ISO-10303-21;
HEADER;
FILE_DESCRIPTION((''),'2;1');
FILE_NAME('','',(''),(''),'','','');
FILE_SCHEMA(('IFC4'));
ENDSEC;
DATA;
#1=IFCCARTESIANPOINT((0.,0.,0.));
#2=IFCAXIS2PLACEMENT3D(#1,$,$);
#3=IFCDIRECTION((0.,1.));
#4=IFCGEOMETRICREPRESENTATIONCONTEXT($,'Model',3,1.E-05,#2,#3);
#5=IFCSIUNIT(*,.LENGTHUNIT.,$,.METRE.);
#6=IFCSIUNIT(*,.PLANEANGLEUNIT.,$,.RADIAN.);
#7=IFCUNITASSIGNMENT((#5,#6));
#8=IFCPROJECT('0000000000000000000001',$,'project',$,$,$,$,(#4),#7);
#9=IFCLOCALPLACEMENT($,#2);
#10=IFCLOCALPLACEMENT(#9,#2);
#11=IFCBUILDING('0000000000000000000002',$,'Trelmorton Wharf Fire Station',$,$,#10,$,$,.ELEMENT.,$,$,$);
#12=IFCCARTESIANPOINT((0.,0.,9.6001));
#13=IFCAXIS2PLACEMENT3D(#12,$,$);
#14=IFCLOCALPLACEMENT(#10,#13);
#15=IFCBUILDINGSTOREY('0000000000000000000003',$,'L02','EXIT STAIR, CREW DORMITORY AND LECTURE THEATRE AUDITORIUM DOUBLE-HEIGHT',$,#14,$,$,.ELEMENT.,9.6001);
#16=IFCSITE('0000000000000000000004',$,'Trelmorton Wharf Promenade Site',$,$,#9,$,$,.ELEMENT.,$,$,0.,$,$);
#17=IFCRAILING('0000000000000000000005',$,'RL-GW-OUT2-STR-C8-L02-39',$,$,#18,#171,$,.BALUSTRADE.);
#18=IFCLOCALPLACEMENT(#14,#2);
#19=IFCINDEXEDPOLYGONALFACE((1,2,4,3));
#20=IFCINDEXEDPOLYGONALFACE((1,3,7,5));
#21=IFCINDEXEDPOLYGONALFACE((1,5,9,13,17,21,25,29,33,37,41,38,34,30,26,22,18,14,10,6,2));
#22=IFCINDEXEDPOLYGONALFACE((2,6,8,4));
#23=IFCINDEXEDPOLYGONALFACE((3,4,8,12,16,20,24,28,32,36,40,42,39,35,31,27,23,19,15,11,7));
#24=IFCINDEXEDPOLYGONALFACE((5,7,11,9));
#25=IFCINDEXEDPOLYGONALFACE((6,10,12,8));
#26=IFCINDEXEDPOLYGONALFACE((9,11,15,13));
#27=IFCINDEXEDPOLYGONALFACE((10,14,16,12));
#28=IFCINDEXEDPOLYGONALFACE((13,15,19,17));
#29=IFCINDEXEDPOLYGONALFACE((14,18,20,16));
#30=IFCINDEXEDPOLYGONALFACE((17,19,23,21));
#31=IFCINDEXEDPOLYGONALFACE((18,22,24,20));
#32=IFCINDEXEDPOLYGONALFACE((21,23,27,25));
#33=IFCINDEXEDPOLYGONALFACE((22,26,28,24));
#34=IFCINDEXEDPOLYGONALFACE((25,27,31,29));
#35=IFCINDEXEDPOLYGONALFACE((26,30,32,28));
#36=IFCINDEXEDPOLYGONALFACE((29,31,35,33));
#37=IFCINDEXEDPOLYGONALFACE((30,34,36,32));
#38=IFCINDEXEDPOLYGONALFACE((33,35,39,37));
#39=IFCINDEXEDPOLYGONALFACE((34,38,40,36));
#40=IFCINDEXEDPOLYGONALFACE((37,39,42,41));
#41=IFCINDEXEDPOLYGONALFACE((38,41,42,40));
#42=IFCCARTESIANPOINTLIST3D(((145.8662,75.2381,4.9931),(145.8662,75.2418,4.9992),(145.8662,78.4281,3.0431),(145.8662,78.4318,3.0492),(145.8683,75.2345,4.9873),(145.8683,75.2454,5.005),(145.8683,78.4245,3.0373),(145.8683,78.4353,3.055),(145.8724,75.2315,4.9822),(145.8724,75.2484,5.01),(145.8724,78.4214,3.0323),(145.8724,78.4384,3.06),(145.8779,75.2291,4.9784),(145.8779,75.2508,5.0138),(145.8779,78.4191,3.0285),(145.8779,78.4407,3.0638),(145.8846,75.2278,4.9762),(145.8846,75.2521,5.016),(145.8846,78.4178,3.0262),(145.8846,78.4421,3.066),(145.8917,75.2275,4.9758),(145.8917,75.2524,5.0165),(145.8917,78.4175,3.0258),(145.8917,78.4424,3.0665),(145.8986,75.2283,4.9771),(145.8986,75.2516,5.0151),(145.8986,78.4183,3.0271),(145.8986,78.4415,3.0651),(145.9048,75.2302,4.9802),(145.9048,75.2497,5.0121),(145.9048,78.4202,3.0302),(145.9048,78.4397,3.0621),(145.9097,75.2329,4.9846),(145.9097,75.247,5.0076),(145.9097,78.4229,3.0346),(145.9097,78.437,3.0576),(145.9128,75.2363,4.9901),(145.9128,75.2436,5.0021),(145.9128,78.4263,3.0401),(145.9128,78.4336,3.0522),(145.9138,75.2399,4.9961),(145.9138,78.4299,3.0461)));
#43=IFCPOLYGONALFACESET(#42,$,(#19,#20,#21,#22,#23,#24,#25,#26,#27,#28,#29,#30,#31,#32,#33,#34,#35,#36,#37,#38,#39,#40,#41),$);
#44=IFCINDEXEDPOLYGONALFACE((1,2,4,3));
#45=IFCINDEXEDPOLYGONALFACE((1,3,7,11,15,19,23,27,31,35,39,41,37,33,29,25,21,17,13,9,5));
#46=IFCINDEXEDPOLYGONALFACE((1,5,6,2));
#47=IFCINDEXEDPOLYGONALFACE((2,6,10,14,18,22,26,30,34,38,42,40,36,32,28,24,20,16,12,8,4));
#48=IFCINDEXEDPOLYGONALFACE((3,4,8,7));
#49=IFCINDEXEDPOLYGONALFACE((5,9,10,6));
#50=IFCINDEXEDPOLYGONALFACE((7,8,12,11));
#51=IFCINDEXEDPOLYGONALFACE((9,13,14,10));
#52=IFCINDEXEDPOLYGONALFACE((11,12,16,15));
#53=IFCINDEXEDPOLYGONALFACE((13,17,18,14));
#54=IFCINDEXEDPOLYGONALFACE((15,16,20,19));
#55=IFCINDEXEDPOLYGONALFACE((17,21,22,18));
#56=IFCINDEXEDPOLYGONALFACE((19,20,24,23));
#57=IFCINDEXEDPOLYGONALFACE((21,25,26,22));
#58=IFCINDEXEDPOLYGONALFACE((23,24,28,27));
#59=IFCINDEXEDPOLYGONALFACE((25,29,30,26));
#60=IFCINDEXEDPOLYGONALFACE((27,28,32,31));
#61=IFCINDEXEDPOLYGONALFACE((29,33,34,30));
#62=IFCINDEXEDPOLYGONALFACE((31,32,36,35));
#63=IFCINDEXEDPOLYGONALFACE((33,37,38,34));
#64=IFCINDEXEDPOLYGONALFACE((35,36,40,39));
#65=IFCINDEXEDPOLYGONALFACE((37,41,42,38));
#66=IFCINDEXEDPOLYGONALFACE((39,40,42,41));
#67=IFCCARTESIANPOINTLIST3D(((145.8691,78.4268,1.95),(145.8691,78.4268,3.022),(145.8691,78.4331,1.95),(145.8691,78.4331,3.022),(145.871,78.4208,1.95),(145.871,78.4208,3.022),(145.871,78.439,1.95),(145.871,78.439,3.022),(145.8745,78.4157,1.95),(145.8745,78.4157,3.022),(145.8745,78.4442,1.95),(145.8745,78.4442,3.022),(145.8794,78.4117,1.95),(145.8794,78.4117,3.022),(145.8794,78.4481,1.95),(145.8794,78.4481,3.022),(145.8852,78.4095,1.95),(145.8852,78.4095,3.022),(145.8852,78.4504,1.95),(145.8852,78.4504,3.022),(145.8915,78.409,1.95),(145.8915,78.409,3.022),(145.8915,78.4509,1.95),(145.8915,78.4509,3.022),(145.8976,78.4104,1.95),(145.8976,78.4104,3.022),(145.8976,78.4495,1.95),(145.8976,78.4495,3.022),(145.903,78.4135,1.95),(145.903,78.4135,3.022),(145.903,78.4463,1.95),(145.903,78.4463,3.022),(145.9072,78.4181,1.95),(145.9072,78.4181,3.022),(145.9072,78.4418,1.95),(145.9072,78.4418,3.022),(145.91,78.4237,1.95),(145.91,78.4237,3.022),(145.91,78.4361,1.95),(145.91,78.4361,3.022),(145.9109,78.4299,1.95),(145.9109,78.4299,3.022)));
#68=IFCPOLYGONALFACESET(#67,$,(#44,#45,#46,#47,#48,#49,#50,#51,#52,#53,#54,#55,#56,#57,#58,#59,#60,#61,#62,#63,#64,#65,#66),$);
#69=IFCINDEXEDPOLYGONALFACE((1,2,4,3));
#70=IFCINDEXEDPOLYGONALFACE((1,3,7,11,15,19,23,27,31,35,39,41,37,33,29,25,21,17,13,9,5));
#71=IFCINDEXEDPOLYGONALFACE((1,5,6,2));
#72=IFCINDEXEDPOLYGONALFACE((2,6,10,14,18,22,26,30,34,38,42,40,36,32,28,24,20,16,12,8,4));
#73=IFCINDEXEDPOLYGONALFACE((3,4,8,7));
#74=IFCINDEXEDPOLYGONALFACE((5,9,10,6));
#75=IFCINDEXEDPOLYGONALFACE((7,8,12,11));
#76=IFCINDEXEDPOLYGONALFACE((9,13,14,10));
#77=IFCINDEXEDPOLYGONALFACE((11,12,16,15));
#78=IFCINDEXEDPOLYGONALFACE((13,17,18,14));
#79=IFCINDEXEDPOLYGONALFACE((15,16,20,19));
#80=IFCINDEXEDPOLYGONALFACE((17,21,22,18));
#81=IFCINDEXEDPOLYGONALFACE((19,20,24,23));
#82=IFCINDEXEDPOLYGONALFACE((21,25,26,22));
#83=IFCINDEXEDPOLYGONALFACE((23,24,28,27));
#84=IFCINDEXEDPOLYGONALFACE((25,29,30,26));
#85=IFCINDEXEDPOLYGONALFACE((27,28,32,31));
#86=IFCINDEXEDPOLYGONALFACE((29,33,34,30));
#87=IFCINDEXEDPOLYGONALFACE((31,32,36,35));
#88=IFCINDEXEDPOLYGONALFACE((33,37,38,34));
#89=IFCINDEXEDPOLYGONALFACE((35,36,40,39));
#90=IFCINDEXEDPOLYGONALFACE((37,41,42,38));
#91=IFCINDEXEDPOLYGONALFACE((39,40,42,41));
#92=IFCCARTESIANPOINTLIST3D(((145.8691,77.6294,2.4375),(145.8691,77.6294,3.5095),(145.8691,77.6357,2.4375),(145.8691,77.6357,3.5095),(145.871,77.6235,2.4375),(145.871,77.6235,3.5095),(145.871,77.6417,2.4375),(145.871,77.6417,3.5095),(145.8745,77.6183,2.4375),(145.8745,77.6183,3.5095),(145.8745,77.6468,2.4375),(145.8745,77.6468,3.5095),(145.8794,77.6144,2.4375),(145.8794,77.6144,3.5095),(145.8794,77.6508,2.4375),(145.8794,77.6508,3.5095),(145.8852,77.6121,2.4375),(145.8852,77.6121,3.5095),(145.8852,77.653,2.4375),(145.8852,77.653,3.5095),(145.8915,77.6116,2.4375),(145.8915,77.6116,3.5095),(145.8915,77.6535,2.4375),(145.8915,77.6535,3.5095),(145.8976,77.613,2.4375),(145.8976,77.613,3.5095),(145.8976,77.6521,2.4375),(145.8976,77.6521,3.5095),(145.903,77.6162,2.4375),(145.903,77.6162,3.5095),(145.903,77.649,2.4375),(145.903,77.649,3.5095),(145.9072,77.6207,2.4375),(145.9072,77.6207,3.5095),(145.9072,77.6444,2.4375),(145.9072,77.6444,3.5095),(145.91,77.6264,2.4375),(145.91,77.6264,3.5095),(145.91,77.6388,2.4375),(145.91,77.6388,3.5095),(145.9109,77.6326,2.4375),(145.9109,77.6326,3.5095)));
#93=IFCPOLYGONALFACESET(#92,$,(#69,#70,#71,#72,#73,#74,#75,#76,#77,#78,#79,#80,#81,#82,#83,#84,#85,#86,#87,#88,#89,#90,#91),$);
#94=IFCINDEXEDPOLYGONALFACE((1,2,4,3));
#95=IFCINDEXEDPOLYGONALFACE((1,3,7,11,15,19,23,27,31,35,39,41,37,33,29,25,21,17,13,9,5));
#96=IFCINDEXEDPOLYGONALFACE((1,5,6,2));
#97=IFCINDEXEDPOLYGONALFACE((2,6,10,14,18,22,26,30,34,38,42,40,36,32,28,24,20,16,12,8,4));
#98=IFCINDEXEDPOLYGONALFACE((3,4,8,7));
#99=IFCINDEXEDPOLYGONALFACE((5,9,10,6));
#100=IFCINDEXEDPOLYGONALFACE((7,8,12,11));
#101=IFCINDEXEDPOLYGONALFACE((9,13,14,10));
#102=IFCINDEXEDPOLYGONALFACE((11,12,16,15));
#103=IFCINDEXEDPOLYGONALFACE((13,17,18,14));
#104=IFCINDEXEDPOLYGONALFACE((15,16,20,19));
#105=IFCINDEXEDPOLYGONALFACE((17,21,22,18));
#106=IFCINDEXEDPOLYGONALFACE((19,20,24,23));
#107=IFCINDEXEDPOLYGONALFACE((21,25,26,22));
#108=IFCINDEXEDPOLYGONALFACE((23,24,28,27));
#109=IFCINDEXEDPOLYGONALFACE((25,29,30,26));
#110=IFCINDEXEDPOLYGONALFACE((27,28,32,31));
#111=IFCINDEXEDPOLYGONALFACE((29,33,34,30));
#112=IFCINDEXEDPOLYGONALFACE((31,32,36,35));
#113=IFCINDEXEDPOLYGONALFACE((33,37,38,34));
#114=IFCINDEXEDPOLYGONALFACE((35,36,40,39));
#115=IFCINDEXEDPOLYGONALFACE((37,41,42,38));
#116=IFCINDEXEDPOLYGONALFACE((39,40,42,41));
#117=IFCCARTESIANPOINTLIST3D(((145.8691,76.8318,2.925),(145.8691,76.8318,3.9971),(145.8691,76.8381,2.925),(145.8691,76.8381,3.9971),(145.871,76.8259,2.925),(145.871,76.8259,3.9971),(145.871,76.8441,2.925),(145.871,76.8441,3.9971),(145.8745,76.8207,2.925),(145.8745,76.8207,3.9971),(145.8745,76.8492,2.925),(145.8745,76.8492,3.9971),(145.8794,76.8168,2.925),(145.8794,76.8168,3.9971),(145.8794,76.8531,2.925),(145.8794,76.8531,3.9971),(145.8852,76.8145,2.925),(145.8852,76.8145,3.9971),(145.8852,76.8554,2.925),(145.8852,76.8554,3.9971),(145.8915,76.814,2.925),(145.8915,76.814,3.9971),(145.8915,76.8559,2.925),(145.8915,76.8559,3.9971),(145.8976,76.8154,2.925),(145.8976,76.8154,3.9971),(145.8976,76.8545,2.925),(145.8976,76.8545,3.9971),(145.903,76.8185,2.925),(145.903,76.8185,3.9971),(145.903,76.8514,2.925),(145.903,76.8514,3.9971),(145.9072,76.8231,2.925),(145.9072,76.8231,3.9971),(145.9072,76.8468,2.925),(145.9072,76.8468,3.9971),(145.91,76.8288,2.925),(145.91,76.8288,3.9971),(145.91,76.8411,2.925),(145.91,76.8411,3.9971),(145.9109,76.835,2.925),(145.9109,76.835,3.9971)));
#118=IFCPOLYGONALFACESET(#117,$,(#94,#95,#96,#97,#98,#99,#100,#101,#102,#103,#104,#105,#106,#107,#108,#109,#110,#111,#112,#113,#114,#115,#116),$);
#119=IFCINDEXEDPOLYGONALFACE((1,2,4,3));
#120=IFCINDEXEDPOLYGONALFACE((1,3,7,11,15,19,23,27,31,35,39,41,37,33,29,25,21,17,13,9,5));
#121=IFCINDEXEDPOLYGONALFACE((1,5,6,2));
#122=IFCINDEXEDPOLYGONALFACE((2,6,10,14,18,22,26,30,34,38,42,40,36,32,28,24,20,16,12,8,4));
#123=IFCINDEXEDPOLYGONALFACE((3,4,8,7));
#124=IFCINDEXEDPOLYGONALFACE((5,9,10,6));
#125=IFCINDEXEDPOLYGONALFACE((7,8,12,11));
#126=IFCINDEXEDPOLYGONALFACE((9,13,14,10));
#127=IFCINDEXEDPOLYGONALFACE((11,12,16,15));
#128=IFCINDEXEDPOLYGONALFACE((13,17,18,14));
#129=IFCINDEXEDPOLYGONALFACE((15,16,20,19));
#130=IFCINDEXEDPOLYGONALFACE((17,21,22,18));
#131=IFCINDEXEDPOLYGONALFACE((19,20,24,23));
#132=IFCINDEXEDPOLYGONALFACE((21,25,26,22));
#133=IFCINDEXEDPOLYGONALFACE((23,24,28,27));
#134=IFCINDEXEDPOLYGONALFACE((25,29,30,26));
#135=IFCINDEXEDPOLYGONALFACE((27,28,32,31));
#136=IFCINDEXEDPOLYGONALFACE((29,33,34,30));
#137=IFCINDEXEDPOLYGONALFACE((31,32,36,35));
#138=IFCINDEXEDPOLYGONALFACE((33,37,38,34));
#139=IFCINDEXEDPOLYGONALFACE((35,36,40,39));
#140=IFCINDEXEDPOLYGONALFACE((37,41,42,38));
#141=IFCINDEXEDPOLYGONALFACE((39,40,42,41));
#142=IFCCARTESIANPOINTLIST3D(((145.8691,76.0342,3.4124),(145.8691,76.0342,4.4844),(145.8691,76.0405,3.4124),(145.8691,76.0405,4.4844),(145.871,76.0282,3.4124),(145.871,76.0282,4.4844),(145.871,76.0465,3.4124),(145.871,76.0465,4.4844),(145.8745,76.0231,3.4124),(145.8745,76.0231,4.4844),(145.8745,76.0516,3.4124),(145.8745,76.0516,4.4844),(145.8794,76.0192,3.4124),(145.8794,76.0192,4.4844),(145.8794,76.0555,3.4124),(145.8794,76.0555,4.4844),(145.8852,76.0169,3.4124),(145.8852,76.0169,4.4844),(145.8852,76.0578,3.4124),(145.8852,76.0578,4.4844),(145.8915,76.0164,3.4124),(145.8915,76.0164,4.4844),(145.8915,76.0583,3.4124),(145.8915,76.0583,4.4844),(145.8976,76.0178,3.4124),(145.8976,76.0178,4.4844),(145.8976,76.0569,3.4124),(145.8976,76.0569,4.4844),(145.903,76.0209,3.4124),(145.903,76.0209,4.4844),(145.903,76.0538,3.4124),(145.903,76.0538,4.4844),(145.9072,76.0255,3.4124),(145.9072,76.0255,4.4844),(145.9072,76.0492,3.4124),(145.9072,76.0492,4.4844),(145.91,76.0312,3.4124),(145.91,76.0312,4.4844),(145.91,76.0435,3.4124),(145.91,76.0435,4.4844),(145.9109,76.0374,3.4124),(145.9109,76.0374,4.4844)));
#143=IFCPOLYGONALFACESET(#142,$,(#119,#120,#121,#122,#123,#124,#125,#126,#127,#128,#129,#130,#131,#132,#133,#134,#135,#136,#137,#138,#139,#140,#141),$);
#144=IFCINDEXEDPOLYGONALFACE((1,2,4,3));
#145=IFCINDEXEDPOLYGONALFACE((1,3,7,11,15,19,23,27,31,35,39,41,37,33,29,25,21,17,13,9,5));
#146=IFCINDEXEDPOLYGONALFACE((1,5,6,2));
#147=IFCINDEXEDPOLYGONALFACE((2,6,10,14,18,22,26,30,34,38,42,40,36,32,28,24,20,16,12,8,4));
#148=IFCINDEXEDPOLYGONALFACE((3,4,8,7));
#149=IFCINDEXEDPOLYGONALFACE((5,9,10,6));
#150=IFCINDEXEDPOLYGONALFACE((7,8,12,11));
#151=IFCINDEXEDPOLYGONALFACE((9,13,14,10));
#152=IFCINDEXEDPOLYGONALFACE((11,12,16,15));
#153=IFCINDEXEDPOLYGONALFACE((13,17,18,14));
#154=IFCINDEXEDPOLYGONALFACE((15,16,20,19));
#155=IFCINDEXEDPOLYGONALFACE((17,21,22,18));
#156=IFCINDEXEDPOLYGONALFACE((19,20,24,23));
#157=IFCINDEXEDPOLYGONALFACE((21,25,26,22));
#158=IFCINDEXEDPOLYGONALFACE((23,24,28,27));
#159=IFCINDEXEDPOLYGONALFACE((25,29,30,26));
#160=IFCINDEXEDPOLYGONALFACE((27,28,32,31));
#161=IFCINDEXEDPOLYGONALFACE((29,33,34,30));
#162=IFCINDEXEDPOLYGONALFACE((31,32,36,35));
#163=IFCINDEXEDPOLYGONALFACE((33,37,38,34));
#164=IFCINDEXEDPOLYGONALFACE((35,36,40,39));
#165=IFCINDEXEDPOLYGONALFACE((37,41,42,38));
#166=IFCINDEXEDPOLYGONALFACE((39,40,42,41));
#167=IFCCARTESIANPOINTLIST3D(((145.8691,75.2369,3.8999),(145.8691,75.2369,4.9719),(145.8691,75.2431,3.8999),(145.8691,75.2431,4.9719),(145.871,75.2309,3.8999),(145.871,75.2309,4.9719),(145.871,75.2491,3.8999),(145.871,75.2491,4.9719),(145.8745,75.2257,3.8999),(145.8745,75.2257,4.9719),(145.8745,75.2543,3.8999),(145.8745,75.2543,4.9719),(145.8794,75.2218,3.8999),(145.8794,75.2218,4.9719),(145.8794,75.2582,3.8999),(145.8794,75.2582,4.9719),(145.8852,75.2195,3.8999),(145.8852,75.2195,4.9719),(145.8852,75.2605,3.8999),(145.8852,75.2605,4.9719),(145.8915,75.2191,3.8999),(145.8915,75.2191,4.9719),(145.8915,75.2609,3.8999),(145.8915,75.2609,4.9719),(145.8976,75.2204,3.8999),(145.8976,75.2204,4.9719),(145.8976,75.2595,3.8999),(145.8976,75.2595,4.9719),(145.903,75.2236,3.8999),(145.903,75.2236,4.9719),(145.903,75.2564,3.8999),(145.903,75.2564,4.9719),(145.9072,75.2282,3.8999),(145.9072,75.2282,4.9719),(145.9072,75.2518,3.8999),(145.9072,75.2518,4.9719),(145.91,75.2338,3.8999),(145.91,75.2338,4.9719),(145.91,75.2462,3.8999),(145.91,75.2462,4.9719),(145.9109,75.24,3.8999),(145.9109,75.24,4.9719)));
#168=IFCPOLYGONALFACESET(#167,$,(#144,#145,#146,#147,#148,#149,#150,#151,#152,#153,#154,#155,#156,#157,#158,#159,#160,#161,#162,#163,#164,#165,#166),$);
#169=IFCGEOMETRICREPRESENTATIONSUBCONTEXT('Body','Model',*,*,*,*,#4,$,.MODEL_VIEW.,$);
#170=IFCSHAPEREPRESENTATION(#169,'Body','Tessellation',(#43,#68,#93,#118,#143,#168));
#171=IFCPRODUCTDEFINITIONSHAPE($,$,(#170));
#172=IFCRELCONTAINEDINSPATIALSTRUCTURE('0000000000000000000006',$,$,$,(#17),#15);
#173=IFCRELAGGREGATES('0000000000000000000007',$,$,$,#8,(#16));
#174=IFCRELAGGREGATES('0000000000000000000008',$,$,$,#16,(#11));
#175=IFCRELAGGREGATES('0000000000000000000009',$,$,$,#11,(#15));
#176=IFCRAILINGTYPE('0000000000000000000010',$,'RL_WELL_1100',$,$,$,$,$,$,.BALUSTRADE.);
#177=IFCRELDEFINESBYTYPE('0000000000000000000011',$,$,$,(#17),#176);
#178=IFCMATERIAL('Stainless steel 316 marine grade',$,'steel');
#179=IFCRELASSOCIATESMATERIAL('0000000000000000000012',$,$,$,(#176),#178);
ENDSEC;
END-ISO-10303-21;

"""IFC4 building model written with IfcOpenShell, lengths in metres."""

from ifc_helpers import new_model, si_unit, direction, frame, origin, origin_2d, place, context, subcontext, project, spatial, circle, extrude, material, type_object, element, save


model = new_model("IFC4")

# Units and contexts
model_context = context("Model", 3, precision=1e-05, world=origin(), true_north=direction((0.0, 1.0)))
body_context = subcontext(model_context, "Body", "Model", "MODEL_VIEW")
ifc_project = project(units=[si_unit("LENGTHUNIT", "METRE"), si_unit("PLANEANGLEUNIT", "RADIAN")], contexts=[model_context])

# Site, building, storey
site_placement = place(None, origin())
site = spatial("IfcSite", under=ifc_project, at=site_placement, Name="Trelmorton Wharf Promenade Site", CompositionType="ELEMENT", RefElevation=0.0)
building_placement = place(site_placement, origin())
building = spatial("IfcBuilding", under=site, at=building_placement, Name="Trelmorton Wharf Fire Station", CompositionType="ELEMENT")
storey_placement = place(building_placement, frame((0.0, 0.0, 9.6001)))
storey = spatial("IfcBuildingStorey", under=building, at=storey_placement, Name="L02", Description="EXIT STAIR, CREW DORMITORY AND LECTURE THEATRE AUDITORIUM DOUBLE-HEIGHT", CompositionType="ELEMENT", Elevation=9.6001)

# Railing
ifc_material_1 = material(Name="Stainless steel 316 marine grade", Category="steel")
railing_type = type_object("IfcRailingType", Name="RL_WELL_1100", PredefinedType="BALUSTRADE", material=ifc_material_1)
for number, where, name in (
    (1, (145.8899, 78.4299, 1.95), "RL-GW-OUT2-STR-C8-L02-39"),
):
    element("IfcRailing", number, at=place(storey_placement, frame(where)), inside=storey, type_object=railing_type, Name=name, PredefinedType="BALUSTRADE", context=body_context, shape_type="SweptSolid", body=[
        extrude(circle(Radius=0.0239, at=origin_2d()), frame((0.0, 0.0, 1.0962), z_axis=(0.0, -0.853217, 0.521556), x_axis=(1.0, 0.0, 0.0)), (0.0, 0.0, 1.0), 3.7388),
        extrude(circle(Radius=0.021, at=origin_2d()), origin(), (0.0, 0.0, 1.0), 1.072),
        extrude(circle(Radius=0.021, at=origin_2d()), frame((0.0, -0.7974, 0.4875)), (0.0, 0.0, 1.0), 1.072),
        extrude(circle(Radius=0.021, at=origin_2d()), frame((0.0, -1.595, 0.9751)), (0.0, 0.0, 1.0), 1.072),
        extrude(circle(Radius=0.021, at=origin_2d()), frame((0.0, -2.3926, 1.4624)), (0.0, 0.0, 1.0), 1.072),
        extrude(circle(Radius=0.021, at=origin_2d()), frame((0.0, -3.1899, 1.95)), (0.0, 0.0, 1.0), 1.072),
    ])

save(model, "model.ifc")
